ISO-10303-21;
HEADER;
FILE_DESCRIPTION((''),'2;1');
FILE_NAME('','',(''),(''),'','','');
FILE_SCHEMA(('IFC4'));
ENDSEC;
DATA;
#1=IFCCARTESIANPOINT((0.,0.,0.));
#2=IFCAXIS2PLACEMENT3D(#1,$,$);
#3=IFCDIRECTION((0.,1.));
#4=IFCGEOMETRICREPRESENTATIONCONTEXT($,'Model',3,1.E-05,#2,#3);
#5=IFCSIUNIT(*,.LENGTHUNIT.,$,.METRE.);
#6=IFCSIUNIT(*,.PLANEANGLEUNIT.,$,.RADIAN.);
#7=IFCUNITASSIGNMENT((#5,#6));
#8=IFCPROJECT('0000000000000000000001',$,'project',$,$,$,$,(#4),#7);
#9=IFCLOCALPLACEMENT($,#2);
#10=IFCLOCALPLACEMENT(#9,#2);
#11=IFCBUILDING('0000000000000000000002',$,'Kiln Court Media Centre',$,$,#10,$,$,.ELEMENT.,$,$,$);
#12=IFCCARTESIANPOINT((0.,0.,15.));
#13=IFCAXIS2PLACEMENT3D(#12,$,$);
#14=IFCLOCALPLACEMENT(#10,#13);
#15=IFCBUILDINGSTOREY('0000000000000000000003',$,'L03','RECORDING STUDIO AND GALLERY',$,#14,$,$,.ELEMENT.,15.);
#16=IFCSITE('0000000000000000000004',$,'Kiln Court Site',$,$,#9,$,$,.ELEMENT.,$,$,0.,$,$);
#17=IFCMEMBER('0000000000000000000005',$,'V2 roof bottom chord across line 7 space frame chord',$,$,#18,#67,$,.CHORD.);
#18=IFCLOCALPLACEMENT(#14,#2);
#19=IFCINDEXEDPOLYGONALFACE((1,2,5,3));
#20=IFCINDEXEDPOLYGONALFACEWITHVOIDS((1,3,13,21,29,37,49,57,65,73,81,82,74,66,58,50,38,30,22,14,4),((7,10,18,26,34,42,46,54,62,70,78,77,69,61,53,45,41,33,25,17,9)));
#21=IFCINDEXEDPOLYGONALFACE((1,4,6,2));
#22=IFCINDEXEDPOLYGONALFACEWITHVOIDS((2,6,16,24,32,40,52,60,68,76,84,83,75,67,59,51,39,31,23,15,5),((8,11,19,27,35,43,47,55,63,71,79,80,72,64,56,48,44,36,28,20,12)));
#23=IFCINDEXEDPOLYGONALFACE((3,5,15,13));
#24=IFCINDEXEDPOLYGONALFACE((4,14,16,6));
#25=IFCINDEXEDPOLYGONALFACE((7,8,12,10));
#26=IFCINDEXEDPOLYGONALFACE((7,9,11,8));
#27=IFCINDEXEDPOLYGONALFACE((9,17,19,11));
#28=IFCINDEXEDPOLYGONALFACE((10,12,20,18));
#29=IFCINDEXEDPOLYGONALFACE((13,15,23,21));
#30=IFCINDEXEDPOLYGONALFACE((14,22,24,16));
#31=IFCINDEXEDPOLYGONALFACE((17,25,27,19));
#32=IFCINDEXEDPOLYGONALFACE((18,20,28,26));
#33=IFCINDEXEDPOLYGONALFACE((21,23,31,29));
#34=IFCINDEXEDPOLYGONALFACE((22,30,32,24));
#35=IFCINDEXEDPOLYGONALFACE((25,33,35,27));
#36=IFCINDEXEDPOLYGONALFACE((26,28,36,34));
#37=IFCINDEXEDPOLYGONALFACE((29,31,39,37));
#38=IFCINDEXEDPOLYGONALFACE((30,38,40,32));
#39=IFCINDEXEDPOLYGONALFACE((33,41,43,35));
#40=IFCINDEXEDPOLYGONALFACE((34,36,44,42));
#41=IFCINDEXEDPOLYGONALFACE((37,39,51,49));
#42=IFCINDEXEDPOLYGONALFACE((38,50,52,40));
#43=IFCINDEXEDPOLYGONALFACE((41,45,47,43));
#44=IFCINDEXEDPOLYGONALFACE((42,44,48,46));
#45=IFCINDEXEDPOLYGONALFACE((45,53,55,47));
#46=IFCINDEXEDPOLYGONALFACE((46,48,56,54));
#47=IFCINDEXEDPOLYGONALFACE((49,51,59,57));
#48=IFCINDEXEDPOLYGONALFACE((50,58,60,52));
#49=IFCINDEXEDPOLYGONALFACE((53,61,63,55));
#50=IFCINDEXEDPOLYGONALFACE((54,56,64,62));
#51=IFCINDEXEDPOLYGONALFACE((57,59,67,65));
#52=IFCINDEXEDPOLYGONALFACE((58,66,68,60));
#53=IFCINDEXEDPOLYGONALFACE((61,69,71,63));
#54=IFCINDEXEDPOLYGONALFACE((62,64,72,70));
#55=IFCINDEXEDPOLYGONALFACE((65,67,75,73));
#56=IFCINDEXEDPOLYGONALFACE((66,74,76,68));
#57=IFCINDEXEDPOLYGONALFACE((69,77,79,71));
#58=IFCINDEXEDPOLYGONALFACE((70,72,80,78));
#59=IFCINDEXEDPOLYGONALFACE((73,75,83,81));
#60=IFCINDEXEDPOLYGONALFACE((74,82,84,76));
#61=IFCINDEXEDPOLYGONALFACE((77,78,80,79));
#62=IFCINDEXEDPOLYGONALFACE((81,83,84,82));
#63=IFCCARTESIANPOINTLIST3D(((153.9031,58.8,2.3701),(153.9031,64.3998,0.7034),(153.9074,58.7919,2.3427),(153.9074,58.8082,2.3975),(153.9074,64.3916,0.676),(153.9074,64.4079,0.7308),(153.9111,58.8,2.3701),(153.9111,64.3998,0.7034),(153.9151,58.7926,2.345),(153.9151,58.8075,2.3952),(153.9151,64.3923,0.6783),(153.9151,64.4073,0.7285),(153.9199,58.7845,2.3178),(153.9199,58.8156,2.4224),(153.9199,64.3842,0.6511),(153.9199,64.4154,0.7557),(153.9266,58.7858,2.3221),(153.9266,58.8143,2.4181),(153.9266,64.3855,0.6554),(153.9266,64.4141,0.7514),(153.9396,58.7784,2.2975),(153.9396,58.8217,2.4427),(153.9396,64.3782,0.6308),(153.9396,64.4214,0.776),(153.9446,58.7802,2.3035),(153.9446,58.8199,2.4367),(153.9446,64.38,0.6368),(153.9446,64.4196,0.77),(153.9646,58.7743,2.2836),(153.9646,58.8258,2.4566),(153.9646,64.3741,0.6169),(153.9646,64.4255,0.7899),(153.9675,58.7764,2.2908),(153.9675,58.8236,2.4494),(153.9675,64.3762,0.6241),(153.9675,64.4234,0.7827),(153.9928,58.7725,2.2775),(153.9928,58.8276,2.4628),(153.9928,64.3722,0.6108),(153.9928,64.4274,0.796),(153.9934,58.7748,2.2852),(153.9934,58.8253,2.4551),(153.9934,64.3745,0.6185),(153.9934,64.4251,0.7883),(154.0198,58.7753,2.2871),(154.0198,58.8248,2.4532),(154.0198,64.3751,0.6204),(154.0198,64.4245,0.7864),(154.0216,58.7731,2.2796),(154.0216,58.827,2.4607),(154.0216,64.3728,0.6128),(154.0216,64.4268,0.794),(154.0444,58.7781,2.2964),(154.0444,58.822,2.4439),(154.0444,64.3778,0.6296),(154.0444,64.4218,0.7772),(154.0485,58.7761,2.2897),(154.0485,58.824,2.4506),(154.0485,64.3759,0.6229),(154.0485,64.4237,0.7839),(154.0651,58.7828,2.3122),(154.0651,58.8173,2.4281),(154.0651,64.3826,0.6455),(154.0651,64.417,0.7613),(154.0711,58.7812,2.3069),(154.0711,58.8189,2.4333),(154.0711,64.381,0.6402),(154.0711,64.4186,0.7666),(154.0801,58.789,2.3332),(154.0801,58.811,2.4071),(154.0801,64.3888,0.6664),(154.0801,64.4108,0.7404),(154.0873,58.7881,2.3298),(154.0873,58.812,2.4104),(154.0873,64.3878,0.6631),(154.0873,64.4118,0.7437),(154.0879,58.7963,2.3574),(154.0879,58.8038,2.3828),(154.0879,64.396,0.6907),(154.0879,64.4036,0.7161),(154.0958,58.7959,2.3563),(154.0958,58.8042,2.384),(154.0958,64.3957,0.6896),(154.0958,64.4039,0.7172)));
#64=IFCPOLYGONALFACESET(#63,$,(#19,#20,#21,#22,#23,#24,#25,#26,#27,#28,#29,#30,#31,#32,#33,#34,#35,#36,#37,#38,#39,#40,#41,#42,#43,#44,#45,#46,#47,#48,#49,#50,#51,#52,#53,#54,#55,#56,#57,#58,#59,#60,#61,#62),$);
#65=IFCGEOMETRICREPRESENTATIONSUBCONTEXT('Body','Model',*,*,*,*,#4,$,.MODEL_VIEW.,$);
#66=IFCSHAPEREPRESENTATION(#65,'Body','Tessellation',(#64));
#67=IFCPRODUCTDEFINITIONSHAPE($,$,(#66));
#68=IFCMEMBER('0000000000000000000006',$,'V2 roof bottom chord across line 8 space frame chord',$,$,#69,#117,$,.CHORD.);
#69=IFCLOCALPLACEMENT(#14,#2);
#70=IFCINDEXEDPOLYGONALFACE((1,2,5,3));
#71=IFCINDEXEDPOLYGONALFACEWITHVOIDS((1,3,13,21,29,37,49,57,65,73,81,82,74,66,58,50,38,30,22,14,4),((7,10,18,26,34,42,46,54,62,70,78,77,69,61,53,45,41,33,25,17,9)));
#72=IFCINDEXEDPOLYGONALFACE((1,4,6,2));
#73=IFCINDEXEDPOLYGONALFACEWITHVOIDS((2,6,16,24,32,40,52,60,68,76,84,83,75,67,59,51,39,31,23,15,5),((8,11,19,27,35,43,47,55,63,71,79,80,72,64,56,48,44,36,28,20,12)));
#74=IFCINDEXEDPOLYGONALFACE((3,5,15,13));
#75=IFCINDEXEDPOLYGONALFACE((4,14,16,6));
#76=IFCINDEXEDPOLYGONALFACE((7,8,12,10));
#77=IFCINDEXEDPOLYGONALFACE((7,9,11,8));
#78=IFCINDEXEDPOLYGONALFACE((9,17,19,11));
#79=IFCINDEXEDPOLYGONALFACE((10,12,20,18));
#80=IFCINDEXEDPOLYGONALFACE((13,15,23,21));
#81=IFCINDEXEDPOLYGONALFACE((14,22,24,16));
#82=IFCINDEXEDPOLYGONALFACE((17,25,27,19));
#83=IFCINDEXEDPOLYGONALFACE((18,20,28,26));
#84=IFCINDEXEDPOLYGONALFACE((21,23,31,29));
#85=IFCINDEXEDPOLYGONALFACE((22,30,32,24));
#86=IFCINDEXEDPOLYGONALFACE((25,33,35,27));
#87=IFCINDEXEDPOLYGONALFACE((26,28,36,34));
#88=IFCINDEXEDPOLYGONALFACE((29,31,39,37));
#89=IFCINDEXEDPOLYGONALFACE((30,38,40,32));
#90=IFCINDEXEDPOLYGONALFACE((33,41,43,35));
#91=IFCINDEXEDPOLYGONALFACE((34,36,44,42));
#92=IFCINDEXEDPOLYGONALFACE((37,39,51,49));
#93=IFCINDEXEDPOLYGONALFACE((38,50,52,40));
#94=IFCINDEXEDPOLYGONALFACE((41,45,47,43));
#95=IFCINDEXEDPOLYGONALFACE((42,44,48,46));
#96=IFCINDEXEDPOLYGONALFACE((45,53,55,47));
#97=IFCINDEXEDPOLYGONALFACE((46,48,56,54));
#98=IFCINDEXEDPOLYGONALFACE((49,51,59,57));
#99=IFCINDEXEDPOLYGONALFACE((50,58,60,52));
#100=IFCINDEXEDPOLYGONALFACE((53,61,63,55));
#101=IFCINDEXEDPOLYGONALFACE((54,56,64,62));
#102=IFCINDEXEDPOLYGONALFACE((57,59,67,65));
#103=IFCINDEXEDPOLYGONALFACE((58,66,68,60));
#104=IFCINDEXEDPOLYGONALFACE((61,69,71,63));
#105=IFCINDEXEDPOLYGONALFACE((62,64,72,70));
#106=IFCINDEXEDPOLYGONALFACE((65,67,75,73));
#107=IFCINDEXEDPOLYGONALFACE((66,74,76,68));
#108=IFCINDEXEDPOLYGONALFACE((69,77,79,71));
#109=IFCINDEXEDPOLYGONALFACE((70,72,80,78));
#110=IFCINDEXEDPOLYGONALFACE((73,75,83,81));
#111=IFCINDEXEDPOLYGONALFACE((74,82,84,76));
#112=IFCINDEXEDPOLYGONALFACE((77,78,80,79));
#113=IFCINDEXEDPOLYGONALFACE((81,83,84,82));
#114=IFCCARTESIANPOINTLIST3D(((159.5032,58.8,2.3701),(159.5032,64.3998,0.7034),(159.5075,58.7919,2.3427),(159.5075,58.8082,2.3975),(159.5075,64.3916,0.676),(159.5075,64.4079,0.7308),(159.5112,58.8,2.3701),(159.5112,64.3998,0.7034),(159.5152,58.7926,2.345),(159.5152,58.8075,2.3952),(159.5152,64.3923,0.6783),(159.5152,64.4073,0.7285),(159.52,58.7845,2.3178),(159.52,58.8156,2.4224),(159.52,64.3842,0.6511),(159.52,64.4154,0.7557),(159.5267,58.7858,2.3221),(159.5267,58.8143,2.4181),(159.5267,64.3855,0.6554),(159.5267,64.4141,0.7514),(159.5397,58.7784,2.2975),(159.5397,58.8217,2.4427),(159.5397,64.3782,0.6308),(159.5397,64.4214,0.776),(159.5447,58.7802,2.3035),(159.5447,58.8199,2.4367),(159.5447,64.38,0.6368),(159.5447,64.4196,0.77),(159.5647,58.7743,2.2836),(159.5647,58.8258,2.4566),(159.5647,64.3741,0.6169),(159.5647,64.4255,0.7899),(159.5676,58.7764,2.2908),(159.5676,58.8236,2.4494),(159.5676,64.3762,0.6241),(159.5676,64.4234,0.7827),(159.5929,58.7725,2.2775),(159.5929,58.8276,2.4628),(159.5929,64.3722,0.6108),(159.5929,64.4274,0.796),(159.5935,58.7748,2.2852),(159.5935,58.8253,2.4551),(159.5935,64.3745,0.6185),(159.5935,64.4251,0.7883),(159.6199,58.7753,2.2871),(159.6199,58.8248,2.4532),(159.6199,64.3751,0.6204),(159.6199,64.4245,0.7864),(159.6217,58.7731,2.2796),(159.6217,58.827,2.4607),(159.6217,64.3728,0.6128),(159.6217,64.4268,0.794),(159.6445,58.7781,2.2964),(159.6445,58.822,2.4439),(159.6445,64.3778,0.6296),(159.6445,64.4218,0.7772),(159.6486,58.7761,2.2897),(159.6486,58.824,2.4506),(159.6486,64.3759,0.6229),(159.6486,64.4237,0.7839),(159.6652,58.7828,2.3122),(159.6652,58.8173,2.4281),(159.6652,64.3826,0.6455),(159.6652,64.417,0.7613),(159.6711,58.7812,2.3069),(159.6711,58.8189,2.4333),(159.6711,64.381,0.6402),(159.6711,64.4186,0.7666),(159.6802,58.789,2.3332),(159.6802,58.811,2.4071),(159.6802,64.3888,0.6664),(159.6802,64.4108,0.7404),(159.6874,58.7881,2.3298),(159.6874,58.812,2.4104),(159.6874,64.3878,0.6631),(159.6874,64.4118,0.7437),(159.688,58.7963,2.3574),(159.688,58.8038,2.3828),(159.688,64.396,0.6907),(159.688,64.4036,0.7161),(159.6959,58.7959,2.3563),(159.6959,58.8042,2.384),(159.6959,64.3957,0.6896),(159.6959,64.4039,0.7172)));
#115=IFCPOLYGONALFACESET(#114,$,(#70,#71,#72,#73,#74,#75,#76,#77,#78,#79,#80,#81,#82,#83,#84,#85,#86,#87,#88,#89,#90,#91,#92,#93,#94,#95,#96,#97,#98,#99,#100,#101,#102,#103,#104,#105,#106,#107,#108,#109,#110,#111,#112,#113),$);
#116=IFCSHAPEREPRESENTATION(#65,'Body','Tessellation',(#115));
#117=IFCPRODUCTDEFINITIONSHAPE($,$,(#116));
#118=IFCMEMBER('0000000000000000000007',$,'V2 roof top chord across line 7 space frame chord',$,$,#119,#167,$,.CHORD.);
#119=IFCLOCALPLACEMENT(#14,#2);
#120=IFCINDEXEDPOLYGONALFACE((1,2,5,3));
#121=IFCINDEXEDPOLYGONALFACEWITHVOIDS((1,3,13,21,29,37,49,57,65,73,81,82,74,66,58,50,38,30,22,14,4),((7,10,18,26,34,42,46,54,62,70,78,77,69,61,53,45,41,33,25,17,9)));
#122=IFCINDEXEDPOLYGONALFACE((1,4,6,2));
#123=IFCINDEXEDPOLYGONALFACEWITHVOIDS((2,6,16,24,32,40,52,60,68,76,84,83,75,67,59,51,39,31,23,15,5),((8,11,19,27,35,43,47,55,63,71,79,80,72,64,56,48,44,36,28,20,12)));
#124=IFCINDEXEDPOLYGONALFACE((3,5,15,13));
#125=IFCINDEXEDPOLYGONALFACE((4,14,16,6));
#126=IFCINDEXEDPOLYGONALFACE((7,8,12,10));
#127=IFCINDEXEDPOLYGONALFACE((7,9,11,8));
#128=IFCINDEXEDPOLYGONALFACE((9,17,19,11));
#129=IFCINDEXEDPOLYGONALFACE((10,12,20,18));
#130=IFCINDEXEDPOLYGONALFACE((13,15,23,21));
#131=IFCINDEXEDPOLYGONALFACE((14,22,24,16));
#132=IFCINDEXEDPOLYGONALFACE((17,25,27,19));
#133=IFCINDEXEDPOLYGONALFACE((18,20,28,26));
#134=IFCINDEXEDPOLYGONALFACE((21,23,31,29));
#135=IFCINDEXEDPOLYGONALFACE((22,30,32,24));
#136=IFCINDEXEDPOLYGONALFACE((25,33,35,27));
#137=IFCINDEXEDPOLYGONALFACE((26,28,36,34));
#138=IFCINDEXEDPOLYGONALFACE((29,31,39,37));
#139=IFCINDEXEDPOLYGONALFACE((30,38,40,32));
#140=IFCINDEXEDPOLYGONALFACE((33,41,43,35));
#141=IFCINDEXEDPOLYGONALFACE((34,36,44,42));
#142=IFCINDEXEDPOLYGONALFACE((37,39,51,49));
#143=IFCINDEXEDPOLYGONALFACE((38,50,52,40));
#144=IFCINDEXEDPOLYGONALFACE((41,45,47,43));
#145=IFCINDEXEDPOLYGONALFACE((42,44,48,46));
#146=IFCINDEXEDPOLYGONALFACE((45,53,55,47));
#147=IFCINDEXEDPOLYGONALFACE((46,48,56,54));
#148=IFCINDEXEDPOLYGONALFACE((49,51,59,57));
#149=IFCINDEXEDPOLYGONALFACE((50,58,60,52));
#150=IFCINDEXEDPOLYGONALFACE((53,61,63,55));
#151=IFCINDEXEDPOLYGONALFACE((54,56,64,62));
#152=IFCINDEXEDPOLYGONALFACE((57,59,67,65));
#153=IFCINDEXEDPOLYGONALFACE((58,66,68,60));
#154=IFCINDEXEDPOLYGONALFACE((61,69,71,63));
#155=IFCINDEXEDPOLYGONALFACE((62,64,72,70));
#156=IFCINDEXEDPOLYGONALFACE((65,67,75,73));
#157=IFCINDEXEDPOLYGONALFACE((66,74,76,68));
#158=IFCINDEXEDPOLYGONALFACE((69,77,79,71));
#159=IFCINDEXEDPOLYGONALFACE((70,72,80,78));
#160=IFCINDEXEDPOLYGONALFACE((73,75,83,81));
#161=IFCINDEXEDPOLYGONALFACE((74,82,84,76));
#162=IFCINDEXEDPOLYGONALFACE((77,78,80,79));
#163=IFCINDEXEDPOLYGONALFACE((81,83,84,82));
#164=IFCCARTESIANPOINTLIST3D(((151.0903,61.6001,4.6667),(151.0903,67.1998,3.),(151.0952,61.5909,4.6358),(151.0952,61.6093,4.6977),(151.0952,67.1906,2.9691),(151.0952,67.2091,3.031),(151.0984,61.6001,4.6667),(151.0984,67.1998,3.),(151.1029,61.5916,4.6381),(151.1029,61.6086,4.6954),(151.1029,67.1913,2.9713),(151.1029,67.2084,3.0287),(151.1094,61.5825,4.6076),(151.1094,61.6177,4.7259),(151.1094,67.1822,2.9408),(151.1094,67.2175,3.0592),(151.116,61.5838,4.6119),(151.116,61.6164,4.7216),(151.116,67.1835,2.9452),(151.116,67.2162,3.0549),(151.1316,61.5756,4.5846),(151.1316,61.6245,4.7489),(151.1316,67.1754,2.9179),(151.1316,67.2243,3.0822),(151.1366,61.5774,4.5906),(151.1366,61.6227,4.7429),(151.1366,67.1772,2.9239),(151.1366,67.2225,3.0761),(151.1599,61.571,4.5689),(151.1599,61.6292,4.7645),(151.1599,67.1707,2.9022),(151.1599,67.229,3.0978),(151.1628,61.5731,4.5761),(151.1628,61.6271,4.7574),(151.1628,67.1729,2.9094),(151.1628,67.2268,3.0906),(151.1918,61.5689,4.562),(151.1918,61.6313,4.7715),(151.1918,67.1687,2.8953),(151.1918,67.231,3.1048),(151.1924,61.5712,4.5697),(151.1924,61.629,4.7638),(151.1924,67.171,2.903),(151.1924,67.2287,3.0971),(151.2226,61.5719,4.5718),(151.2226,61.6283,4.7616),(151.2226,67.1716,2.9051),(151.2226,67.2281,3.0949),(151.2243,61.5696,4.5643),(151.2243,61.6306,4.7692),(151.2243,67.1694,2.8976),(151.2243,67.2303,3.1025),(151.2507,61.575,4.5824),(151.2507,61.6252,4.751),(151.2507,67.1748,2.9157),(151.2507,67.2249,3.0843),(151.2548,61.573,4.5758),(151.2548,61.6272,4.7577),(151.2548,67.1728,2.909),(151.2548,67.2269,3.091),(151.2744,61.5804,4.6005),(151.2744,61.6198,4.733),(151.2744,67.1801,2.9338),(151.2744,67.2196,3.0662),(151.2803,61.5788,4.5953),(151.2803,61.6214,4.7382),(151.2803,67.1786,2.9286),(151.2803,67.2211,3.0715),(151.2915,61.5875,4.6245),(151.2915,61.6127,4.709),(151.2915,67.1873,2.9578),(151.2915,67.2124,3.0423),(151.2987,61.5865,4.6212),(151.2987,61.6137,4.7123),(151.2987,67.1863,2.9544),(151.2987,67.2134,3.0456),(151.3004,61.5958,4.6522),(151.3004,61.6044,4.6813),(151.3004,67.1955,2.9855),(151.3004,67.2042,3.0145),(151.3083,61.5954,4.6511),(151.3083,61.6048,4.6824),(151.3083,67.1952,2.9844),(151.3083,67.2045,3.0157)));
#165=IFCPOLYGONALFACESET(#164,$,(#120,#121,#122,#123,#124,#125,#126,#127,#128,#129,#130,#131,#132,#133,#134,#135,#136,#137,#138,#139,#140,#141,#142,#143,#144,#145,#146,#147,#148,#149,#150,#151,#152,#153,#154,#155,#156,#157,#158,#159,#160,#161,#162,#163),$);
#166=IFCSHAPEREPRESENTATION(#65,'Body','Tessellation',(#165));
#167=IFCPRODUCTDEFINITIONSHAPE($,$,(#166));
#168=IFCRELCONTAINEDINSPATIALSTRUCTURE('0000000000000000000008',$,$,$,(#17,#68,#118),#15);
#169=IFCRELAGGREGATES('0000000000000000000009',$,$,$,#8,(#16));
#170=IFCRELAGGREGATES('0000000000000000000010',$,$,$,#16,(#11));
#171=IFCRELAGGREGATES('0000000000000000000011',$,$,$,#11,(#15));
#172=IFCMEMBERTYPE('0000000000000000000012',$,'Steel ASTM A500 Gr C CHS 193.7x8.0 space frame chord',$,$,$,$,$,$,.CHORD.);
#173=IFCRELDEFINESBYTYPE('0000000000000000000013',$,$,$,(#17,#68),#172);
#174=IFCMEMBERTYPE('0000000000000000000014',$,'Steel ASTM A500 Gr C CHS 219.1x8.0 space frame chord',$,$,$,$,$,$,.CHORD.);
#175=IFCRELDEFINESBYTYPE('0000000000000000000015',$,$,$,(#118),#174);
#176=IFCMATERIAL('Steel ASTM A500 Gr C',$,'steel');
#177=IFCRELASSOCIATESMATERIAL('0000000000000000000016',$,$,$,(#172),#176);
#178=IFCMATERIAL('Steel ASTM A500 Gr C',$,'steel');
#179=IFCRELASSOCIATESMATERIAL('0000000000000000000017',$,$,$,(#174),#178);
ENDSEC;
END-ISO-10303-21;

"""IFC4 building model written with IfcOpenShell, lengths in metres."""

from ifc_helpers import new_model, si_unit, direction, frame, origin, origin_2d, place, context, subcontext, project, spatial, hollow_circle, extrude, material, material_profile, profile_set, type_object, element, save


model = new_model("IFC4")

# Units and contexts
model_context = context("Model", 3, precision=1e-05, world=origin(), true_north=direction((0.0, 1.0)))
body_context = subcontext(model_context, "Body", "Model", "MODEL_VIEW")
ifc_project = project(units=[si_unit("LENGTHUNIT", "METRE"), si_unit("PLANEANGLEUNIT", "RADIAN")], contexts=[model_context])

# Site, building, storey
site_placement = place(None, origin())
site = spatial("IfcSite", under=ifc_project, at=site_placement, Name="Kiln Court Site", CompositionType="ELEMENT", RefElevation=0.0)
building_placement = place(site_placement, origin())
building = spatial("IfcBuilding", under=site, at=building_placement, Name="Kiln Court Media Centre", CompositionType="ELEMENT")
storey_placement = place(building_placement, frame((0.0, 0.0, 15.0)))
storey = spatial("IfcBuildingStorey", under=building, at=storey_placement, Name="L03", Description="RECORDING STUDIO AND GALLERY", CompositionType="ELEMENT", Elevation=15.0)

# Members
ifc_material_1 = material(Name="Steel ASTM A500 Gr C", Category="steel")
ifc_material_profile_1 = material_profile(ifc_material_1, hollow_circle(Radius=0.0969, WallThickness=0.0081, at=origin_2d()), Name="CHS 193.7x8.0")
ifc_profile_set_1 = profile_set([ifc_material_profile_1], Name="Steel ASTM A500 Gr C")
member_type_1 = type_object("IfcMemberType", Name="Steel ASTM A500 Gr C CHS 193.7x8.0 space frame chord", PredefinedType="CHORD", material=ifc_profile_set_1)
for number, where, z_axis, x_axis, name in (
    (1, (154.0, 58.8, 2.3701), (0.0, 0.958446, -0.285273), (-1.0, 0.0, 0.0), "V2 roof bottom chord across line 7 space frame chord"),
    (2, (159.6001, 58.8, 2.3701), (0.0, 0.958446, -0.285273), (-1.0, 0.0, 0.0), "V2 roof bottom chord across line 8 space frame chord"),
):
    element("IfcMember", number, at=place(storey_placement, frame(where, z_axis=z_axis, x_axis=x_axis)), inside=storey, type_object=member_type_1, Name=name, PredefinedType="CHORD", context=body_context, shape_type="SweptSolid", body=[
        extrude(hollow_circle(Radius=0.0969, WallThickness=0.0081, at=origin_2d()), origin(), (0.0, 0.0, 1.0), 5.8425),
    ])
ifc_material_2 = material(Name="Steel ASTM A500 Gr C", Category="steel")
ifc_material_profile_2 = material_profile(ifc_material_2, hollow_circle(Radius=0.1096, WallThickness=0.0081, at=origin_2d()), Name="CHS 219.1x8.0")
ifc_profile_set_2 = profile_set([ifc_material_profile_2], Name="Steel ASTM A500 Gr C")
member_type_2 = type_object("IfcMemberType", Name="Steel ASTM A500 Gr C CHS 219.1x8.0 space frame chord", PredefinedType="CHORD", material=ifc_profile_set_2)
for number, where, z_axis, x_axis, name in (
    (3, (151.2, 61.6001, 4.6667), (0.0, 0.958446, -0.285273), (-1.0, 0.0, 0.0), "V2 roof top chord across line 7 space frame chord"),
):
    element("IfcMember", number, at=place(storey_placement, frame(where, z_axis=z_axis, x_axis=x_axis)), inside=storey, type_object=member_type_2, Name=name, PredefinedType="CHORD", context=body_context, shape_type="SweptSolid", body=[
        extrude(hollow_circle(Radius=0.1096, WallThickness=0.0081, at=origin_2d()), origin(), (0.0, 0.0, 1.0), 5.8425),
    ])

save(model, "model.ifc")
